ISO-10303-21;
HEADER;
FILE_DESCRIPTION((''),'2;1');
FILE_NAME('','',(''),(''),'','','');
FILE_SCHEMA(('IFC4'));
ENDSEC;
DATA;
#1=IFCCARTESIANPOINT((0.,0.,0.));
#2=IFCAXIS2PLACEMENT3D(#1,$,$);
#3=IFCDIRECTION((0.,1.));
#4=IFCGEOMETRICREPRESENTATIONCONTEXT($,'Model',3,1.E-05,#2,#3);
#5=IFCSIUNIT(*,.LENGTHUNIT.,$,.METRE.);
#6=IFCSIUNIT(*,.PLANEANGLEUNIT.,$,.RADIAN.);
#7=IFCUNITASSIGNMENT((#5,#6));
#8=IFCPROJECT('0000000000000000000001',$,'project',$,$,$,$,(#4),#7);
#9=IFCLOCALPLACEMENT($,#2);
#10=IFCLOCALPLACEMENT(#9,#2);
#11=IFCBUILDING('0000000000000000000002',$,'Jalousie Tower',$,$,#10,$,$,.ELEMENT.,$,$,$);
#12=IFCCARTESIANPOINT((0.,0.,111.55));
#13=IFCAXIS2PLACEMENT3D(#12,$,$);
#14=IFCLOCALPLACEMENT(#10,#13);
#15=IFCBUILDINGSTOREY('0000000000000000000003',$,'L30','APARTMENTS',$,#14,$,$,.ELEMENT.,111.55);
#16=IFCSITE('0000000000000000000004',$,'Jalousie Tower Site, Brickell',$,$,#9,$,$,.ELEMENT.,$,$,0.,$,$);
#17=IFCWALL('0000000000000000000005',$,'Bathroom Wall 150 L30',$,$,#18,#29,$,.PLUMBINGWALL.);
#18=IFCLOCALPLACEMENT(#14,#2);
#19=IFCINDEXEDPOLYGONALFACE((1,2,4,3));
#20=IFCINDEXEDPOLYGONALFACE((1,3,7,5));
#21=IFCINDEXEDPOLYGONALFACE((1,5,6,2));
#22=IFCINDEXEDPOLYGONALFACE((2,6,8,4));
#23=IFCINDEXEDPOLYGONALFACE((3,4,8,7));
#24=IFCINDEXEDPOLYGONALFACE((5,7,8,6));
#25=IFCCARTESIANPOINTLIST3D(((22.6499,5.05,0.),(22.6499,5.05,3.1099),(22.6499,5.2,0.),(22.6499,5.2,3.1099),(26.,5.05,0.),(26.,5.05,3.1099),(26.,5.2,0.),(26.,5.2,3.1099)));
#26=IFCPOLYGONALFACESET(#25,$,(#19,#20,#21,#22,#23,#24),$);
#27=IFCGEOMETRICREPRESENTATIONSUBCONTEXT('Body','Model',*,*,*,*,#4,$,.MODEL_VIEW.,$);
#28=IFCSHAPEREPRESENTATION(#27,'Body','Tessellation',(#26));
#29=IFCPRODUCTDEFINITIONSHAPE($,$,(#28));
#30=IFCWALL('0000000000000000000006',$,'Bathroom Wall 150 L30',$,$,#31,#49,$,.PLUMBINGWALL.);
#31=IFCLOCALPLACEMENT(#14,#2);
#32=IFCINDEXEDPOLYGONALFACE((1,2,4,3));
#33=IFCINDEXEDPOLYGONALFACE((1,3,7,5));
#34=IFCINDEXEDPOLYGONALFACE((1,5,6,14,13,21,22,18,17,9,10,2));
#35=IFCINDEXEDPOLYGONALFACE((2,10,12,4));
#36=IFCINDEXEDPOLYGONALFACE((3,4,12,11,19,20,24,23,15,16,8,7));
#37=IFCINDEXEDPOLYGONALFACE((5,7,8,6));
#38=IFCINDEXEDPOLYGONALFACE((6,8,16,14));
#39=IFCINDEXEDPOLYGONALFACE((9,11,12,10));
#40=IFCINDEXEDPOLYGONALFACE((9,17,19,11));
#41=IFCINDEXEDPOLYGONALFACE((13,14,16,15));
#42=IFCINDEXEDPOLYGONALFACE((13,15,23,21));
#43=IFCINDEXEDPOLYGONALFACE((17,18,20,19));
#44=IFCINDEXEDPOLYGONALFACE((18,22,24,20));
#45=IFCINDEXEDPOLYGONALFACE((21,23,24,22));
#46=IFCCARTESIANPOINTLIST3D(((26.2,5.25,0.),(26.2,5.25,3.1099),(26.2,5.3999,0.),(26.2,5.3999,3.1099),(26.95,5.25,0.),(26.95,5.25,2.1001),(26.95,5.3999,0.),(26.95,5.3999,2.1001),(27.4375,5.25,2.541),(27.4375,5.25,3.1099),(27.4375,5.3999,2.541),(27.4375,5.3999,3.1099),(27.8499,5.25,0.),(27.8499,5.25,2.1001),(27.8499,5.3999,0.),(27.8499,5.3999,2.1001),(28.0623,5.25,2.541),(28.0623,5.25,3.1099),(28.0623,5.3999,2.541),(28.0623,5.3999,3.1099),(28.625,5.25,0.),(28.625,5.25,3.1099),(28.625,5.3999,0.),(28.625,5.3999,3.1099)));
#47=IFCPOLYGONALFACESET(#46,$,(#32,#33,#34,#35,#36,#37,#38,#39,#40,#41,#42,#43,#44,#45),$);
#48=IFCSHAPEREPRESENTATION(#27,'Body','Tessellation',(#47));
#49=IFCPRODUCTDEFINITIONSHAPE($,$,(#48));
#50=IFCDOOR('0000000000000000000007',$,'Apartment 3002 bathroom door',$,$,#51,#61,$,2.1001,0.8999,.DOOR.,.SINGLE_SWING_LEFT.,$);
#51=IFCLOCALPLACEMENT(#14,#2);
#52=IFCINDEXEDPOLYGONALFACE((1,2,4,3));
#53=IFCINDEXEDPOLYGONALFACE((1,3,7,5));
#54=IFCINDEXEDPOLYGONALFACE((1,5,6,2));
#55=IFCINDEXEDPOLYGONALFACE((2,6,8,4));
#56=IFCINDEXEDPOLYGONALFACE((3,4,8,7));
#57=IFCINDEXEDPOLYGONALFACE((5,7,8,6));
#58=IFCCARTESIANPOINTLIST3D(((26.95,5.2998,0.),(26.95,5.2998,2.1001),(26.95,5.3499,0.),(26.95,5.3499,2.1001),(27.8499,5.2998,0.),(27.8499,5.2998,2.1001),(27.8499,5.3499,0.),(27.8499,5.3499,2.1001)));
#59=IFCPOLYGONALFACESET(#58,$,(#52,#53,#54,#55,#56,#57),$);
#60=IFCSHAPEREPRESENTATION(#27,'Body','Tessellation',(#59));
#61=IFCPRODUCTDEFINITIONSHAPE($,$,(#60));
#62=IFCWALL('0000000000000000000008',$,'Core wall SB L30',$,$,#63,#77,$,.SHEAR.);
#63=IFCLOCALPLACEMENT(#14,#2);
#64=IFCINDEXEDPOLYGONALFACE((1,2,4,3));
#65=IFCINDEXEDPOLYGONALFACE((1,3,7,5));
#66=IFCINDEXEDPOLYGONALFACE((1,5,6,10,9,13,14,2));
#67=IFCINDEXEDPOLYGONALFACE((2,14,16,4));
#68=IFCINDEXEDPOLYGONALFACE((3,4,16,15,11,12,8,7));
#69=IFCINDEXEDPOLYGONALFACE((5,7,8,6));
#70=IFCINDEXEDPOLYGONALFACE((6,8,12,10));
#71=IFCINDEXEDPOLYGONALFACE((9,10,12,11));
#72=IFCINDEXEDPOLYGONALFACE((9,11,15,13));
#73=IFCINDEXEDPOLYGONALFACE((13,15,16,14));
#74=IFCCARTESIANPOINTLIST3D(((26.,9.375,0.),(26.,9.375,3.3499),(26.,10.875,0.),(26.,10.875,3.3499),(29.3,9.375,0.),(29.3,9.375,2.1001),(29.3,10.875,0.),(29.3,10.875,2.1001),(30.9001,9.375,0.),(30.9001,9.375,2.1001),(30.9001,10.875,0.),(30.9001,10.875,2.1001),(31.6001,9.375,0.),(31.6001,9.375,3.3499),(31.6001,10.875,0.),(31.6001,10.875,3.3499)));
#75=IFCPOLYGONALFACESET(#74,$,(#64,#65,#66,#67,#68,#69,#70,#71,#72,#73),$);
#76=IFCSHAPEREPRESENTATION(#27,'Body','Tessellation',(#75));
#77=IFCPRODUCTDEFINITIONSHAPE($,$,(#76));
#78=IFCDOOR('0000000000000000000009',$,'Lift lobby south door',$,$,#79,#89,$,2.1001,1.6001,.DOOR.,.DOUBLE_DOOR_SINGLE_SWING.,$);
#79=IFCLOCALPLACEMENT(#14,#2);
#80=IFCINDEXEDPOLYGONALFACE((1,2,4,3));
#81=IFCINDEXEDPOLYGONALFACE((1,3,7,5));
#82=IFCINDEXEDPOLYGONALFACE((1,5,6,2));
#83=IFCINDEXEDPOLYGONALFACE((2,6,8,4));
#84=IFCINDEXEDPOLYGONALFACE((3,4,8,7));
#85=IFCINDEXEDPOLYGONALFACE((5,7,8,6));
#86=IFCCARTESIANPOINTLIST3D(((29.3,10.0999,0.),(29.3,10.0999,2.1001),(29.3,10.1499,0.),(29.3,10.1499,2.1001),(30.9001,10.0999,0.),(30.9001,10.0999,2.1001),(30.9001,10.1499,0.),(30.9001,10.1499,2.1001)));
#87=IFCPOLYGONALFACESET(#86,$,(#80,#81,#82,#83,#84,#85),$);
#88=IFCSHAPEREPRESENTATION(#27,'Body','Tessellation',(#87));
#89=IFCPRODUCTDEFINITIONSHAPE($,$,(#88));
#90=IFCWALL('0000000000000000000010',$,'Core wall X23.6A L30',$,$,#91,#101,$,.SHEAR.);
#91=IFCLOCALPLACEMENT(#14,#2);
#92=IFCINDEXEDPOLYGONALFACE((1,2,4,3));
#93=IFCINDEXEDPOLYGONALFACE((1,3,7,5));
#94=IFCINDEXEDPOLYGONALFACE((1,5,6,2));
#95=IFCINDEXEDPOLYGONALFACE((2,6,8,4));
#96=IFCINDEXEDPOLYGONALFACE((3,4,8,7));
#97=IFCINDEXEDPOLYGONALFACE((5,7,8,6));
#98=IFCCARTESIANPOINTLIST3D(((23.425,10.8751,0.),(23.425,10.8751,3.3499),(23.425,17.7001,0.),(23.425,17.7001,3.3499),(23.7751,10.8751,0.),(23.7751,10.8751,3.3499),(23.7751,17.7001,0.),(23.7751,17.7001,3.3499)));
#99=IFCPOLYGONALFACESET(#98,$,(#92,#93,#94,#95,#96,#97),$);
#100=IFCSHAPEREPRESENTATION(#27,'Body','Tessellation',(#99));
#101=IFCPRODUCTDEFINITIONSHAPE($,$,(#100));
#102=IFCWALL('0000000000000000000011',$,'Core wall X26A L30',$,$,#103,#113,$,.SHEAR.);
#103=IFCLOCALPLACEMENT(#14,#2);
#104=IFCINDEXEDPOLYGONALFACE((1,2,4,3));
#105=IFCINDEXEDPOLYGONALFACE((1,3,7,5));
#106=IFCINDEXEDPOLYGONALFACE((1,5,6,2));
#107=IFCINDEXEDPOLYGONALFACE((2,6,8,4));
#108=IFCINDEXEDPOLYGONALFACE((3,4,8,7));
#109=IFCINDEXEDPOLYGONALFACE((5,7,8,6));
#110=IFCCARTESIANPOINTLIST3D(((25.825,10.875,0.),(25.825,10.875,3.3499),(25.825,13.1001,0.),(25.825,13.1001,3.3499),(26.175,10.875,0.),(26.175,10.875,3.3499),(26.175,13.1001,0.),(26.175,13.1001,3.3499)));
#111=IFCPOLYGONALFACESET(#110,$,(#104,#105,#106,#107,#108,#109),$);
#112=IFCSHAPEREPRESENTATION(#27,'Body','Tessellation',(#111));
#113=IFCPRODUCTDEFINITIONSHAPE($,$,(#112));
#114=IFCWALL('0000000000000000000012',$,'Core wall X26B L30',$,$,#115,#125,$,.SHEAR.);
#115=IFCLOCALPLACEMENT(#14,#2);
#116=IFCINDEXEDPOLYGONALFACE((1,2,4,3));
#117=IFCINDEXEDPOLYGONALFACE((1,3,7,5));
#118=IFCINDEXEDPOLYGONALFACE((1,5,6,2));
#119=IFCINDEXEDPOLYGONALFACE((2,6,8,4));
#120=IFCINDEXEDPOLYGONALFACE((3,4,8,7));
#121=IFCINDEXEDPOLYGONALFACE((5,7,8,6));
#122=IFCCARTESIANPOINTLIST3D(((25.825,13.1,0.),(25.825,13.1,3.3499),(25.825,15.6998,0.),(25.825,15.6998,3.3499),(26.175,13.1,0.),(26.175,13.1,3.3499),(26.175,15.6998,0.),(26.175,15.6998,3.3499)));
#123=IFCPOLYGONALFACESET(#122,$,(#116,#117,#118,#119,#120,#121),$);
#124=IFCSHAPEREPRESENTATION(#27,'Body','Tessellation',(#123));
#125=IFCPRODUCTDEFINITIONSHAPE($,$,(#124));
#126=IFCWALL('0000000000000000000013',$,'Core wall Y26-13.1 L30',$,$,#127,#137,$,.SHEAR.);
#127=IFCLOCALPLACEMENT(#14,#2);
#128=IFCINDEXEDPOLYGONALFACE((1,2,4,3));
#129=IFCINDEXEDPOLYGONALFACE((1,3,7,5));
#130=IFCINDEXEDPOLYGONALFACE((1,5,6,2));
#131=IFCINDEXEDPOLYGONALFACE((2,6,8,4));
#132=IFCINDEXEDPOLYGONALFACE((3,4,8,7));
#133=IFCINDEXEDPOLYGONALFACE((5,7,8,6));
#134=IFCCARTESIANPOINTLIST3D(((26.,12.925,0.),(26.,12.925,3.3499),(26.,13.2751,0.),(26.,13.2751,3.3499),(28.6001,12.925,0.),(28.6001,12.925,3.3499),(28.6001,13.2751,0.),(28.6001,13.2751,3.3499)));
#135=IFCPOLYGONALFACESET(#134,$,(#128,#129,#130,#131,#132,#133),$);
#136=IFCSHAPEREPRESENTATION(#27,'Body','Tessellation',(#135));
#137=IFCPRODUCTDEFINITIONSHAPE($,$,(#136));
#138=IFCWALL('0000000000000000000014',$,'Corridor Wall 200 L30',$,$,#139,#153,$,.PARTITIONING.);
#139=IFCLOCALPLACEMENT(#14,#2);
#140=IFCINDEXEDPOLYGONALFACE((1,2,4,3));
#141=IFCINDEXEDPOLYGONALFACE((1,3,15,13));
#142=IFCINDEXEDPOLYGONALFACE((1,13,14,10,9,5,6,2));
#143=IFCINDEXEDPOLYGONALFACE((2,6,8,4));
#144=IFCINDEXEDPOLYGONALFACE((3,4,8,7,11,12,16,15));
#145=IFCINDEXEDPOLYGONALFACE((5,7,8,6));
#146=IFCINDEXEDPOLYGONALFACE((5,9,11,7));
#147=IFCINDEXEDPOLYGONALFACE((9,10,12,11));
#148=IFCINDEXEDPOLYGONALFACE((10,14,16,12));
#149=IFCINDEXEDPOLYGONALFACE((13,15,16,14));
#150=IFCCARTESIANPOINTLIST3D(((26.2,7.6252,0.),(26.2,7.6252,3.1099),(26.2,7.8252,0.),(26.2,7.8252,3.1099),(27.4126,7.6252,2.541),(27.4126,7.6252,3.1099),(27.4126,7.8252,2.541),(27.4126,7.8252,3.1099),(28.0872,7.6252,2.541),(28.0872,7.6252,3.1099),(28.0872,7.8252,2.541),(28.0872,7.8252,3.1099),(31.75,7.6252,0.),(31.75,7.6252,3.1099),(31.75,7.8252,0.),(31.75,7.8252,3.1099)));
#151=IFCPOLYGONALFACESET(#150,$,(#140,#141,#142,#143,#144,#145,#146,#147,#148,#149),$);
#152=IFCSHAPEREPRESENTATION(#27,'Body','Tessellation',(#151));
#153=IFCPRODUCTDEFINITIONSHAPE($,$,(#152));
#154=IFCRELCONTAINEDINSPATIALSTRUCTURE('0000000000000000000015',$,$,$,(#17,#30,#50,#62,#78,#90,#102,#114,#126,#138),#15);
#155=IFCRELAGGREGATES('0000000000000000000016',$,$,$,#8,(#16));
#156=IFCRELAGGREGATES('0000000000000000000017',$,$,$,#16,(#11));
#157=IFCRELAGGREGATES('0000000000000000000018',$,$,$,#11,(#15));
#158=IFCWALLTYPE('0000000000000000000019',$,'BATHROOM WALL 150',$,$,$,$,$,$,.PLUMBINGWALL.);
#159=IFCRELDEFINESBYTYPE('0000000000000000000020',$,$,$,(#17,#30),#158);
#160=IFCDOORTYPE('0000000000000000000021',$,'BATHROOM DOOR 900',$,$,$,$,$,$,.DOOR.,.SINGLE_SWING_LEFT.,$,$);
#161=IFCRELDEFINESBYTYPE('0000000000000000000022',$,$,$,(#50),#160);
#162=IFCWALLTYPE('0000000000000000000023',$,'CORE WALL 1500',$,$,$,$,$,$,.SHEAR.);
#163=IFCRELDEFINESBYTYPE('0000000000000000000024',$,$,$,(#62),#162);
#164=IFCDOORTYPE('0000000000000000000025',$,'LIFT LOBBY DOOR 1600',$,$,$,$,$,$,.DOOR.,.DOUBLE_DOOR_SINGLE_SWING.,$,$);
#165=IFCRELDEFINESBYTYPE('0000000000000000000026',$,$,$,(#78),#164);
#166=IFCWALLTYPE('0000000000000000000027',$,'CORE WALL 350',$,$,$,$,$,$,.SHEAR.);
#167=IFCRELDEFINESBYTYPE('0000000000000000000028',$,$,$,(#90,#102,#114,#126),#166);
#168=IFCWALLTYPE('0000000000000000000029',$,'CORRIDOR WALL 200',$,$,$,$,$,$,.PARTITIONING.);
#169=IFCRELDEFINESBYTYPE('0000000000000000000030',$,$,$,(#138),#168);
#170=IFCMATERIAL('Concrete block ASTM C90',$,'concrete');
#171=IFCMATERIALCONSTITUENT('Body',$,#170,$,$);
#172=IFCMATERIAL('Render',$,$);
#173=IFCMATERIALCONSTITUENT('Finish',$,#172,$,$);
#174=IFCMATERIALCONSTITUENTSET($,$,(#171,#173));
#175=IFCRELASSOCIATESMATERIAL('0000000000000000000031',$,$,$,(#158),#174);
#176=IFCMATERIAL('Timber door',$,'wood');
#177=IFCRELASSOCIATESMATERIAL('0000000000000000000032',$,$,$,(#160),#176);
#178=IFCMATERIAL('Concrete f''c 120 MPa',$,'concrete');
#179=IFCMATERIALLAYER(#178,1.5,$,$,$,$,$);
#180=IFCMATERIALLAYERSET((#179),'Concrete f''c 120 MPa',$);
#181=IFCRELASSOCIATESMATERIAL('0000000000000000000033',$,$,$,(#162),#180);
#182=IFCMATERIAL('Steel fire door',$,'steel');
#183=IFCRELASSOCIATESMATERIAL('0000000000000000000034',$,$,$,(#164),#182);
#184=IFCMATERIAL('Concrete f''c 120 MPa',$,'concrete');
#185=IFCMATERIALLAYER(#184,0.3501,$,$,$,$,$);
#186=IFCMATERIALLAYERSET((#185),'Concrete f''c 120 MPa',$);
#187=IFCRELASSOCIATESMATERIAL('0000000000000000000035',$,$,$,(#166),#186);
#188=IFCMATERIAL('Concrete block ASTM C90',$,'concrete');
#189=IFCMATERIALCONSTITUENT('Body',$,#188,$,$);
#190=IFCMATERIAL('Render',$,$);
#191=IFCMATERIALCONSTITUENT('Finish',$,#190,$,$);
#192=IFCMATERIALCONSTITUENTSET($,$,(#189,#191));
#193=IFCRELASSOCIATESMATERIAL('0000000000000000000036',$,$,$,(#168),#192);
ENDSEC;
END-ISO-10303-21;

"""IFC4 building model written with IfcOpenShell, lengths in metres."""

from ifc_helpers import new_model, si_unit, direction, frame, frame_2d, origin, place, context, subcontext, project, spatial, polyline, rectangle, outline, extrude, material, layer, layer_set, constituent, constituent_set, type_object, element, fill, save


model = new_model("IFC4")

# Units and contexts
model_context = context("Model", 3, precision=1e-05, world=origin(), true_north=direction((0.0, 1.0)))
body_context = subcontext(model_context, "Body", "Model", "MODEL_VIEW")
ifc_project = project(units=[si_unit("LENGTHUNIT", "METRE"), si_unit("PLANEANGLEUNIT", "RADIAN")], contexts=[model_context])

# Site, building, storey
site_placement = place(None, origin())
site = spatial("IfcSite", under=ifc_project, at=site_placement, Name="Jalousie Tower Site, Brickell", CompositionType="ELEMENT", RefElevation=0.0)
building_placement = place(site_placement, origin())
building = spatial("IfcBuilding", under=site, at=building_placement, Name="Jalousie Tower", CompositionType="ELEMENT")
storey_placement = place(building_placement, frame((0.0, 0.0, 111.55)))
storey = spatial("IfcBuildingStorey", under=building, at=storey_placement, Name="L30", Description="APARTMENTS", CompositionType="ELEMENT", Elevation=111.55)

# Wall
ifc_material_1 = material(Name="Concrete block ASTM C90", Category="concrete")
ifc_constituent_1 = constituent(ifc_material_1, Name="Body")
ifc_material_2 = material(Name="Render")
ifc_constituent_2 = constituent(ifc_material_2, Name="Finish")
ifc_constituent_set_1 = constituent_set(constituents=[ifc_constituent_1, ifc_constituent_2])
wall_type_1 = type_object("IfcWallType", Name="BATHROOM WALL 150", PredefinedType="PLUMBINGWALL", material=ifc_constituent_set_1)
wall_1_placement = place(storey_placement, frame((22.6499, 5.125, 0.0), z_axis=(0.0, 0.0, 1.0), x_axis=(1.0, 0.0, 0.0)))
element("IfcWall", 1, at=wall_1_placement, inside=storey, type_object=wall_type_1, Name="Bathroom Wall 150 L30", PredefinedType="PLUMBINGWALL", context=body_context, shape_type="SweptSolid", body=[
    extrude(rectangle(XDim=3.3501, YDim=0.1499, at=frame_2d((1.675, 0.0))), origin(), (0.0, 0.0, 1.0), 3.1099),
])

# Walls, openings, doors
wall_2_placement = place(storey_placement, frame((26.2, 5.325, 0.0), z_axis=(0.0, 0.0, 1.0), x_axis=(1.0, 0.0, 0.0)))
wall_2 = element("IfcWall", 2, at=wall_2_placement, inside=storey, type_object=wall_type_1, Name="Bathroom Wall 150 L30", PredefinedType="PLUMBINGWALL", context=body_context, shape_type="SweptSolid", body=[
    extrude(outline(polyline([(0.0, 0.0), (2.425, 0.0), (2.425, 3.1099), (1.8623, 3.1099), (1.8623, 2.541), (1.2375, 2.541), (1.2375, 3.1099), (0.0, 3.1099), (0.0, 0.0)])), frame((0.0, 0.075, 0.0), z_axis=(0.0, -1.0, 0.0), x_axis=(1.0, 0.0, 0.0)), (0.0, 0.0, 1.0), 0.1499),
])
opening_1_placement = place(wall_2_placement, frame((0.75, 0.0, 0.0)))
opening_1 = element("IfcOpeningElement", 3, at=opening_1_placement, cuts=wall_2, PredefinedType="OPENING", context=body_context, shape_type="SweptSolid", body=[
    extrude(rectangle(XDim=0.8999, YDim=2.1001, at=frame_2d((0.45, 1.05))), frame((0.0, 0.085, 0.0), z_axis=(0.0, -1.0, 0.0), x_axis=(1.0, 0.0, 0.0)), (0.0, 0.0, 1.0), 0.1699),
])
ifc_material_3 = material(Name="Timber door", Category="wood")
door_type_1 = type_object("IfcDoorType", Name="BATHROOM DOOR 900", OperationType="SINGLE_SWING_LEFT", PredefinedType="DOOR", material=ifc_material_3)
door_1_placement = place(opening_1_placement, origin())
door_1 = element("IfcDoor", 4, at=door_1_placement, inside=storey, type_object=door_type_1, Name="Apartment 3002 bathroom door", OperationType="SINGLE_SWING_LEFT", OverallHeight=2.1001, OverallWidth=0.8999, PredefinedType="DOOR", context=body_context, shape_type="SweptSolid", body=[
    extrude(rectangle(XDim=0.8999, YDim=2.1001, at=frame_2d((0.45, 1.05))), frame((0.0, 0.0249, 0.0), z_axis=(0.0, -1.0, 0.0), x_axis=(1.0, 0.0, 0.0)), (0.0, 0.0, 1.0), 0.05),
])
fill(opening_1, door_1)
ifc_material_4 = material(Name="Concrete f'c 120 MPa", Category="concrete")
ifc_layer_1 = layer(ifc_material_4, 1.5)
ifc_layer_set_1 = layer_set([ifc_layer_1], Name="Concrete f'c 120 MPa")
wall_type_2 = type_object("IfcWallType", Name="CORE WALL 1500", PredefinedType="SHEAR", material=ifc_layer_set_1)
wall_3_placement = place(storey_placement, frame((26.0, 10.125, 0.0), z_axis=(0.0, 0.0, 1.0), x_axis=(1.0, 0.0, 0.0)))
wall_3 = element("IfcWall", 5, at=wall_3_placement, inside=storey, type_object=wall_type_2, Name="Core wall SB L30", PredefinedType="SHEAR", context=body_context, shape_type="SweptSolid", body=[
    extrude(rectangle(XDim=5.6001, YDim=1.5, at=frame_2d((2.8, 0.0))), origin(), (0.0, 0.0, 1.0), 3.3499),
])
opening_2_placement = place(wall_3_placement, frame((3.3, 0.0, 0.0)))
opening_2 = element("IfcOpeningElement", 6, at=opening_2_placement, cuts=wall_3, PredefinedType="OPENING", context=body_context, shape_type="SweptSolid", body=[
    extrude(rectangle(XDim=1.6001, YDim=2.1001, at=frame_2d((0.8, 1.05))), frame((0.0, 0.76, 0.0), z_axis=(0.0, -1.0, 0.0), x_axis=(1.0, 0.0, 0.0)), (0.0, 0.0, 1.0), 1.52),
])
ifc_material_5 = material(Name="Steel fire door", Category="steel")
door_type_2 = type_object("IfcDoorType", Name="LIFT LOBBY DOOR 1600", OperationType="DOUBLE_DOOR_SINGLE_SWING", PredefinedType="DOOR", material=ifc_material_5)
door_2_placement = place(opening_2_placement, origin())
door_2 = element("IfcDoor", 7, at=door_2_placement, inside=storey, type_object=door_type_2, Name="Lift lobby south door", OperationType="DOUBLE_DOOR_SINGLE_SWING", OverallHeight=2.1001, OverallWidth=1.6001, PredefinedType="DOOR", context=body_context, shape_type="SweptSolid", body=[
    extrude(rectangle(XDim=1.6001, YDim=2.1001, at=frame_2d((0.8, 1.05))), frame((0.0, 0.0249, 0.0), z_axis=(0.0, -1.0, 0.0), x_axis=(1.0, 0.0, 0.0)), (0.0, 0.0, 1.0), 0.05),
])
fill(opening_2, door_2)

# Walls
ifc_material_6 = material(Name="Concrete f'c 120 MPa", Category="concrete")
ifc_layer_2 = layer(ifc_material_6, 0.3501)
ifc_layer_set_2 = layer_set([ifc_layer_2], Name="Concrete f'c 120 MPa")
wall_type_3 = type_object("IfcWallType", Name="CORE WALL 350", PredefinedType="SHEAR", material=ifc_layer_set_2)
wall_4_placement = place(storey_placement, frame((23.6001, 10.875, 0.0), z_axis=(0.0, 0.0, 1.0), x_axis=(0.0, 1.0, 0.0)))
element("IfcWall", 8, at=wall_4_placement, inside=storey, type_object=wall_type_3, Name="Core wall X23.6A L30", PredefinedType="SHEAR", context=body_context, shape_type="SweptSolid", body=[
    extrude(rectangle(XDim=6.825, YDim=0.3501, at=frame_2d((3.4126, 0.0))), origin(), (0.0, 0.0, 1.0), 3.3499),
])
wall_5_placement = place(storey_placement, frame((26.0, 10.875, 0.0), z_axis=(0.0, 0.0, 1.0), x_axis=(0.0, 1.0, 0.0)))
element("IfcWall", 9, at=wall_5_placement, inside=storey, type_object=wall_type_3, Name="Core wall X26A L30", PredefinedType="SHEAR", context=body_context, shape_type="SweptSolid", body=[
    extrude(rectangle(XDim=2.2251, YDim=0.3501, at=frame_2d((1.1125, 0.0))), origin(), (0.0, 0.0, 1.0), 3.3499),
])
wall_6_placement = place(storey_placement, frame((26.0, 13.1001, 0.0), z_axis=(0.0, 0.0, 1.0), x_axis=(0.0, 1.0, 0.0)))
element("IfcWall", 10, at=wall_6_placement, inside=storey, type_object=wall_type_3, Name="Core wall X26B L30", PredefinedType="SHEAR", context=body_context, shape_type="SweptSolid", body=[
    extrude(rectangle(XDim=2.5999, YDim=0.3501, at=frame_2d((1.2998, 0.0))), origin(), (0.0, 0.0, 1.0), 3.3499),
])
wall_7_placement = place(storey_placement, frame((26.0, 13.1001, 0.0), z_axis=(0.0, 0.0, 1.0), x_axis=(1.0, 0.0, 0.0)))
element("IfcWall", 11, at=wall_7_placement, inside=storey, type_object=wall_type_3, Name="Core wall Y26-13.1 L30", PredefinedType="SHEAR", context=body_context, shape_type="SweptSolid", body=[
    extrude(rectangle(XDim=2.6001, YDim=0.3501, at=frame_2d((1.3, 0.0))), origin(), (0.0, 0.0, 1.0), 3.3499),
])
ifc_material_7 = material(Name="Concrete block ASTM C90", Category="concrete")
ifc_constituent_3 = constituent(ifc_material_7, Name="Body")
ifc_material_8 = material(Name="Render")
ifc_constituent_4 = constituent(ifc_material_8, Name="Finish")
ifc_constituent_set_2 = constituent_set(constituents=[ifc_constituent_3, ifc_constituent_4])
wall_type_4 = type_object("IfcWallType", Name="CORRIDOR WALL 200", PredefinedType="PARTITIONING", material=ifc_constituent_set_2)
wall_8_placement = place(storey_placement, frame((26.2, 7.7251, 0.0), z_axis=(0.0, 0.0, 1.0), x_axis=(1.0, 0.0, 0.0)))
element("IfcWall", 12, at=wall_8_placement, inside=storey, type_object=wall_type_4, Name="Corridor Wall 200 L30", PredefinedType="PARTITIONING", context=body_context, shape_type="SweptSolid", body=[
    extrude(outline(polyline([(0.0, 0.0), (5.55, 0.0), (5.55, 3.1099), (1.8872, 3.1099), (1.8872, 2.541), (1.2126, 2.541), (1.2126, 3.1099), (0.0, 3.1099), (0.0, 0.0)])), frame((0.0, 0.1001, 0.0), z_axis=(0.0, -1.0, 0.0), x_axis=(1.0, 0.0, 0.0)), (0.0, 0.0, 1.0), 0.2),
])

save(model, "model.ifc")
